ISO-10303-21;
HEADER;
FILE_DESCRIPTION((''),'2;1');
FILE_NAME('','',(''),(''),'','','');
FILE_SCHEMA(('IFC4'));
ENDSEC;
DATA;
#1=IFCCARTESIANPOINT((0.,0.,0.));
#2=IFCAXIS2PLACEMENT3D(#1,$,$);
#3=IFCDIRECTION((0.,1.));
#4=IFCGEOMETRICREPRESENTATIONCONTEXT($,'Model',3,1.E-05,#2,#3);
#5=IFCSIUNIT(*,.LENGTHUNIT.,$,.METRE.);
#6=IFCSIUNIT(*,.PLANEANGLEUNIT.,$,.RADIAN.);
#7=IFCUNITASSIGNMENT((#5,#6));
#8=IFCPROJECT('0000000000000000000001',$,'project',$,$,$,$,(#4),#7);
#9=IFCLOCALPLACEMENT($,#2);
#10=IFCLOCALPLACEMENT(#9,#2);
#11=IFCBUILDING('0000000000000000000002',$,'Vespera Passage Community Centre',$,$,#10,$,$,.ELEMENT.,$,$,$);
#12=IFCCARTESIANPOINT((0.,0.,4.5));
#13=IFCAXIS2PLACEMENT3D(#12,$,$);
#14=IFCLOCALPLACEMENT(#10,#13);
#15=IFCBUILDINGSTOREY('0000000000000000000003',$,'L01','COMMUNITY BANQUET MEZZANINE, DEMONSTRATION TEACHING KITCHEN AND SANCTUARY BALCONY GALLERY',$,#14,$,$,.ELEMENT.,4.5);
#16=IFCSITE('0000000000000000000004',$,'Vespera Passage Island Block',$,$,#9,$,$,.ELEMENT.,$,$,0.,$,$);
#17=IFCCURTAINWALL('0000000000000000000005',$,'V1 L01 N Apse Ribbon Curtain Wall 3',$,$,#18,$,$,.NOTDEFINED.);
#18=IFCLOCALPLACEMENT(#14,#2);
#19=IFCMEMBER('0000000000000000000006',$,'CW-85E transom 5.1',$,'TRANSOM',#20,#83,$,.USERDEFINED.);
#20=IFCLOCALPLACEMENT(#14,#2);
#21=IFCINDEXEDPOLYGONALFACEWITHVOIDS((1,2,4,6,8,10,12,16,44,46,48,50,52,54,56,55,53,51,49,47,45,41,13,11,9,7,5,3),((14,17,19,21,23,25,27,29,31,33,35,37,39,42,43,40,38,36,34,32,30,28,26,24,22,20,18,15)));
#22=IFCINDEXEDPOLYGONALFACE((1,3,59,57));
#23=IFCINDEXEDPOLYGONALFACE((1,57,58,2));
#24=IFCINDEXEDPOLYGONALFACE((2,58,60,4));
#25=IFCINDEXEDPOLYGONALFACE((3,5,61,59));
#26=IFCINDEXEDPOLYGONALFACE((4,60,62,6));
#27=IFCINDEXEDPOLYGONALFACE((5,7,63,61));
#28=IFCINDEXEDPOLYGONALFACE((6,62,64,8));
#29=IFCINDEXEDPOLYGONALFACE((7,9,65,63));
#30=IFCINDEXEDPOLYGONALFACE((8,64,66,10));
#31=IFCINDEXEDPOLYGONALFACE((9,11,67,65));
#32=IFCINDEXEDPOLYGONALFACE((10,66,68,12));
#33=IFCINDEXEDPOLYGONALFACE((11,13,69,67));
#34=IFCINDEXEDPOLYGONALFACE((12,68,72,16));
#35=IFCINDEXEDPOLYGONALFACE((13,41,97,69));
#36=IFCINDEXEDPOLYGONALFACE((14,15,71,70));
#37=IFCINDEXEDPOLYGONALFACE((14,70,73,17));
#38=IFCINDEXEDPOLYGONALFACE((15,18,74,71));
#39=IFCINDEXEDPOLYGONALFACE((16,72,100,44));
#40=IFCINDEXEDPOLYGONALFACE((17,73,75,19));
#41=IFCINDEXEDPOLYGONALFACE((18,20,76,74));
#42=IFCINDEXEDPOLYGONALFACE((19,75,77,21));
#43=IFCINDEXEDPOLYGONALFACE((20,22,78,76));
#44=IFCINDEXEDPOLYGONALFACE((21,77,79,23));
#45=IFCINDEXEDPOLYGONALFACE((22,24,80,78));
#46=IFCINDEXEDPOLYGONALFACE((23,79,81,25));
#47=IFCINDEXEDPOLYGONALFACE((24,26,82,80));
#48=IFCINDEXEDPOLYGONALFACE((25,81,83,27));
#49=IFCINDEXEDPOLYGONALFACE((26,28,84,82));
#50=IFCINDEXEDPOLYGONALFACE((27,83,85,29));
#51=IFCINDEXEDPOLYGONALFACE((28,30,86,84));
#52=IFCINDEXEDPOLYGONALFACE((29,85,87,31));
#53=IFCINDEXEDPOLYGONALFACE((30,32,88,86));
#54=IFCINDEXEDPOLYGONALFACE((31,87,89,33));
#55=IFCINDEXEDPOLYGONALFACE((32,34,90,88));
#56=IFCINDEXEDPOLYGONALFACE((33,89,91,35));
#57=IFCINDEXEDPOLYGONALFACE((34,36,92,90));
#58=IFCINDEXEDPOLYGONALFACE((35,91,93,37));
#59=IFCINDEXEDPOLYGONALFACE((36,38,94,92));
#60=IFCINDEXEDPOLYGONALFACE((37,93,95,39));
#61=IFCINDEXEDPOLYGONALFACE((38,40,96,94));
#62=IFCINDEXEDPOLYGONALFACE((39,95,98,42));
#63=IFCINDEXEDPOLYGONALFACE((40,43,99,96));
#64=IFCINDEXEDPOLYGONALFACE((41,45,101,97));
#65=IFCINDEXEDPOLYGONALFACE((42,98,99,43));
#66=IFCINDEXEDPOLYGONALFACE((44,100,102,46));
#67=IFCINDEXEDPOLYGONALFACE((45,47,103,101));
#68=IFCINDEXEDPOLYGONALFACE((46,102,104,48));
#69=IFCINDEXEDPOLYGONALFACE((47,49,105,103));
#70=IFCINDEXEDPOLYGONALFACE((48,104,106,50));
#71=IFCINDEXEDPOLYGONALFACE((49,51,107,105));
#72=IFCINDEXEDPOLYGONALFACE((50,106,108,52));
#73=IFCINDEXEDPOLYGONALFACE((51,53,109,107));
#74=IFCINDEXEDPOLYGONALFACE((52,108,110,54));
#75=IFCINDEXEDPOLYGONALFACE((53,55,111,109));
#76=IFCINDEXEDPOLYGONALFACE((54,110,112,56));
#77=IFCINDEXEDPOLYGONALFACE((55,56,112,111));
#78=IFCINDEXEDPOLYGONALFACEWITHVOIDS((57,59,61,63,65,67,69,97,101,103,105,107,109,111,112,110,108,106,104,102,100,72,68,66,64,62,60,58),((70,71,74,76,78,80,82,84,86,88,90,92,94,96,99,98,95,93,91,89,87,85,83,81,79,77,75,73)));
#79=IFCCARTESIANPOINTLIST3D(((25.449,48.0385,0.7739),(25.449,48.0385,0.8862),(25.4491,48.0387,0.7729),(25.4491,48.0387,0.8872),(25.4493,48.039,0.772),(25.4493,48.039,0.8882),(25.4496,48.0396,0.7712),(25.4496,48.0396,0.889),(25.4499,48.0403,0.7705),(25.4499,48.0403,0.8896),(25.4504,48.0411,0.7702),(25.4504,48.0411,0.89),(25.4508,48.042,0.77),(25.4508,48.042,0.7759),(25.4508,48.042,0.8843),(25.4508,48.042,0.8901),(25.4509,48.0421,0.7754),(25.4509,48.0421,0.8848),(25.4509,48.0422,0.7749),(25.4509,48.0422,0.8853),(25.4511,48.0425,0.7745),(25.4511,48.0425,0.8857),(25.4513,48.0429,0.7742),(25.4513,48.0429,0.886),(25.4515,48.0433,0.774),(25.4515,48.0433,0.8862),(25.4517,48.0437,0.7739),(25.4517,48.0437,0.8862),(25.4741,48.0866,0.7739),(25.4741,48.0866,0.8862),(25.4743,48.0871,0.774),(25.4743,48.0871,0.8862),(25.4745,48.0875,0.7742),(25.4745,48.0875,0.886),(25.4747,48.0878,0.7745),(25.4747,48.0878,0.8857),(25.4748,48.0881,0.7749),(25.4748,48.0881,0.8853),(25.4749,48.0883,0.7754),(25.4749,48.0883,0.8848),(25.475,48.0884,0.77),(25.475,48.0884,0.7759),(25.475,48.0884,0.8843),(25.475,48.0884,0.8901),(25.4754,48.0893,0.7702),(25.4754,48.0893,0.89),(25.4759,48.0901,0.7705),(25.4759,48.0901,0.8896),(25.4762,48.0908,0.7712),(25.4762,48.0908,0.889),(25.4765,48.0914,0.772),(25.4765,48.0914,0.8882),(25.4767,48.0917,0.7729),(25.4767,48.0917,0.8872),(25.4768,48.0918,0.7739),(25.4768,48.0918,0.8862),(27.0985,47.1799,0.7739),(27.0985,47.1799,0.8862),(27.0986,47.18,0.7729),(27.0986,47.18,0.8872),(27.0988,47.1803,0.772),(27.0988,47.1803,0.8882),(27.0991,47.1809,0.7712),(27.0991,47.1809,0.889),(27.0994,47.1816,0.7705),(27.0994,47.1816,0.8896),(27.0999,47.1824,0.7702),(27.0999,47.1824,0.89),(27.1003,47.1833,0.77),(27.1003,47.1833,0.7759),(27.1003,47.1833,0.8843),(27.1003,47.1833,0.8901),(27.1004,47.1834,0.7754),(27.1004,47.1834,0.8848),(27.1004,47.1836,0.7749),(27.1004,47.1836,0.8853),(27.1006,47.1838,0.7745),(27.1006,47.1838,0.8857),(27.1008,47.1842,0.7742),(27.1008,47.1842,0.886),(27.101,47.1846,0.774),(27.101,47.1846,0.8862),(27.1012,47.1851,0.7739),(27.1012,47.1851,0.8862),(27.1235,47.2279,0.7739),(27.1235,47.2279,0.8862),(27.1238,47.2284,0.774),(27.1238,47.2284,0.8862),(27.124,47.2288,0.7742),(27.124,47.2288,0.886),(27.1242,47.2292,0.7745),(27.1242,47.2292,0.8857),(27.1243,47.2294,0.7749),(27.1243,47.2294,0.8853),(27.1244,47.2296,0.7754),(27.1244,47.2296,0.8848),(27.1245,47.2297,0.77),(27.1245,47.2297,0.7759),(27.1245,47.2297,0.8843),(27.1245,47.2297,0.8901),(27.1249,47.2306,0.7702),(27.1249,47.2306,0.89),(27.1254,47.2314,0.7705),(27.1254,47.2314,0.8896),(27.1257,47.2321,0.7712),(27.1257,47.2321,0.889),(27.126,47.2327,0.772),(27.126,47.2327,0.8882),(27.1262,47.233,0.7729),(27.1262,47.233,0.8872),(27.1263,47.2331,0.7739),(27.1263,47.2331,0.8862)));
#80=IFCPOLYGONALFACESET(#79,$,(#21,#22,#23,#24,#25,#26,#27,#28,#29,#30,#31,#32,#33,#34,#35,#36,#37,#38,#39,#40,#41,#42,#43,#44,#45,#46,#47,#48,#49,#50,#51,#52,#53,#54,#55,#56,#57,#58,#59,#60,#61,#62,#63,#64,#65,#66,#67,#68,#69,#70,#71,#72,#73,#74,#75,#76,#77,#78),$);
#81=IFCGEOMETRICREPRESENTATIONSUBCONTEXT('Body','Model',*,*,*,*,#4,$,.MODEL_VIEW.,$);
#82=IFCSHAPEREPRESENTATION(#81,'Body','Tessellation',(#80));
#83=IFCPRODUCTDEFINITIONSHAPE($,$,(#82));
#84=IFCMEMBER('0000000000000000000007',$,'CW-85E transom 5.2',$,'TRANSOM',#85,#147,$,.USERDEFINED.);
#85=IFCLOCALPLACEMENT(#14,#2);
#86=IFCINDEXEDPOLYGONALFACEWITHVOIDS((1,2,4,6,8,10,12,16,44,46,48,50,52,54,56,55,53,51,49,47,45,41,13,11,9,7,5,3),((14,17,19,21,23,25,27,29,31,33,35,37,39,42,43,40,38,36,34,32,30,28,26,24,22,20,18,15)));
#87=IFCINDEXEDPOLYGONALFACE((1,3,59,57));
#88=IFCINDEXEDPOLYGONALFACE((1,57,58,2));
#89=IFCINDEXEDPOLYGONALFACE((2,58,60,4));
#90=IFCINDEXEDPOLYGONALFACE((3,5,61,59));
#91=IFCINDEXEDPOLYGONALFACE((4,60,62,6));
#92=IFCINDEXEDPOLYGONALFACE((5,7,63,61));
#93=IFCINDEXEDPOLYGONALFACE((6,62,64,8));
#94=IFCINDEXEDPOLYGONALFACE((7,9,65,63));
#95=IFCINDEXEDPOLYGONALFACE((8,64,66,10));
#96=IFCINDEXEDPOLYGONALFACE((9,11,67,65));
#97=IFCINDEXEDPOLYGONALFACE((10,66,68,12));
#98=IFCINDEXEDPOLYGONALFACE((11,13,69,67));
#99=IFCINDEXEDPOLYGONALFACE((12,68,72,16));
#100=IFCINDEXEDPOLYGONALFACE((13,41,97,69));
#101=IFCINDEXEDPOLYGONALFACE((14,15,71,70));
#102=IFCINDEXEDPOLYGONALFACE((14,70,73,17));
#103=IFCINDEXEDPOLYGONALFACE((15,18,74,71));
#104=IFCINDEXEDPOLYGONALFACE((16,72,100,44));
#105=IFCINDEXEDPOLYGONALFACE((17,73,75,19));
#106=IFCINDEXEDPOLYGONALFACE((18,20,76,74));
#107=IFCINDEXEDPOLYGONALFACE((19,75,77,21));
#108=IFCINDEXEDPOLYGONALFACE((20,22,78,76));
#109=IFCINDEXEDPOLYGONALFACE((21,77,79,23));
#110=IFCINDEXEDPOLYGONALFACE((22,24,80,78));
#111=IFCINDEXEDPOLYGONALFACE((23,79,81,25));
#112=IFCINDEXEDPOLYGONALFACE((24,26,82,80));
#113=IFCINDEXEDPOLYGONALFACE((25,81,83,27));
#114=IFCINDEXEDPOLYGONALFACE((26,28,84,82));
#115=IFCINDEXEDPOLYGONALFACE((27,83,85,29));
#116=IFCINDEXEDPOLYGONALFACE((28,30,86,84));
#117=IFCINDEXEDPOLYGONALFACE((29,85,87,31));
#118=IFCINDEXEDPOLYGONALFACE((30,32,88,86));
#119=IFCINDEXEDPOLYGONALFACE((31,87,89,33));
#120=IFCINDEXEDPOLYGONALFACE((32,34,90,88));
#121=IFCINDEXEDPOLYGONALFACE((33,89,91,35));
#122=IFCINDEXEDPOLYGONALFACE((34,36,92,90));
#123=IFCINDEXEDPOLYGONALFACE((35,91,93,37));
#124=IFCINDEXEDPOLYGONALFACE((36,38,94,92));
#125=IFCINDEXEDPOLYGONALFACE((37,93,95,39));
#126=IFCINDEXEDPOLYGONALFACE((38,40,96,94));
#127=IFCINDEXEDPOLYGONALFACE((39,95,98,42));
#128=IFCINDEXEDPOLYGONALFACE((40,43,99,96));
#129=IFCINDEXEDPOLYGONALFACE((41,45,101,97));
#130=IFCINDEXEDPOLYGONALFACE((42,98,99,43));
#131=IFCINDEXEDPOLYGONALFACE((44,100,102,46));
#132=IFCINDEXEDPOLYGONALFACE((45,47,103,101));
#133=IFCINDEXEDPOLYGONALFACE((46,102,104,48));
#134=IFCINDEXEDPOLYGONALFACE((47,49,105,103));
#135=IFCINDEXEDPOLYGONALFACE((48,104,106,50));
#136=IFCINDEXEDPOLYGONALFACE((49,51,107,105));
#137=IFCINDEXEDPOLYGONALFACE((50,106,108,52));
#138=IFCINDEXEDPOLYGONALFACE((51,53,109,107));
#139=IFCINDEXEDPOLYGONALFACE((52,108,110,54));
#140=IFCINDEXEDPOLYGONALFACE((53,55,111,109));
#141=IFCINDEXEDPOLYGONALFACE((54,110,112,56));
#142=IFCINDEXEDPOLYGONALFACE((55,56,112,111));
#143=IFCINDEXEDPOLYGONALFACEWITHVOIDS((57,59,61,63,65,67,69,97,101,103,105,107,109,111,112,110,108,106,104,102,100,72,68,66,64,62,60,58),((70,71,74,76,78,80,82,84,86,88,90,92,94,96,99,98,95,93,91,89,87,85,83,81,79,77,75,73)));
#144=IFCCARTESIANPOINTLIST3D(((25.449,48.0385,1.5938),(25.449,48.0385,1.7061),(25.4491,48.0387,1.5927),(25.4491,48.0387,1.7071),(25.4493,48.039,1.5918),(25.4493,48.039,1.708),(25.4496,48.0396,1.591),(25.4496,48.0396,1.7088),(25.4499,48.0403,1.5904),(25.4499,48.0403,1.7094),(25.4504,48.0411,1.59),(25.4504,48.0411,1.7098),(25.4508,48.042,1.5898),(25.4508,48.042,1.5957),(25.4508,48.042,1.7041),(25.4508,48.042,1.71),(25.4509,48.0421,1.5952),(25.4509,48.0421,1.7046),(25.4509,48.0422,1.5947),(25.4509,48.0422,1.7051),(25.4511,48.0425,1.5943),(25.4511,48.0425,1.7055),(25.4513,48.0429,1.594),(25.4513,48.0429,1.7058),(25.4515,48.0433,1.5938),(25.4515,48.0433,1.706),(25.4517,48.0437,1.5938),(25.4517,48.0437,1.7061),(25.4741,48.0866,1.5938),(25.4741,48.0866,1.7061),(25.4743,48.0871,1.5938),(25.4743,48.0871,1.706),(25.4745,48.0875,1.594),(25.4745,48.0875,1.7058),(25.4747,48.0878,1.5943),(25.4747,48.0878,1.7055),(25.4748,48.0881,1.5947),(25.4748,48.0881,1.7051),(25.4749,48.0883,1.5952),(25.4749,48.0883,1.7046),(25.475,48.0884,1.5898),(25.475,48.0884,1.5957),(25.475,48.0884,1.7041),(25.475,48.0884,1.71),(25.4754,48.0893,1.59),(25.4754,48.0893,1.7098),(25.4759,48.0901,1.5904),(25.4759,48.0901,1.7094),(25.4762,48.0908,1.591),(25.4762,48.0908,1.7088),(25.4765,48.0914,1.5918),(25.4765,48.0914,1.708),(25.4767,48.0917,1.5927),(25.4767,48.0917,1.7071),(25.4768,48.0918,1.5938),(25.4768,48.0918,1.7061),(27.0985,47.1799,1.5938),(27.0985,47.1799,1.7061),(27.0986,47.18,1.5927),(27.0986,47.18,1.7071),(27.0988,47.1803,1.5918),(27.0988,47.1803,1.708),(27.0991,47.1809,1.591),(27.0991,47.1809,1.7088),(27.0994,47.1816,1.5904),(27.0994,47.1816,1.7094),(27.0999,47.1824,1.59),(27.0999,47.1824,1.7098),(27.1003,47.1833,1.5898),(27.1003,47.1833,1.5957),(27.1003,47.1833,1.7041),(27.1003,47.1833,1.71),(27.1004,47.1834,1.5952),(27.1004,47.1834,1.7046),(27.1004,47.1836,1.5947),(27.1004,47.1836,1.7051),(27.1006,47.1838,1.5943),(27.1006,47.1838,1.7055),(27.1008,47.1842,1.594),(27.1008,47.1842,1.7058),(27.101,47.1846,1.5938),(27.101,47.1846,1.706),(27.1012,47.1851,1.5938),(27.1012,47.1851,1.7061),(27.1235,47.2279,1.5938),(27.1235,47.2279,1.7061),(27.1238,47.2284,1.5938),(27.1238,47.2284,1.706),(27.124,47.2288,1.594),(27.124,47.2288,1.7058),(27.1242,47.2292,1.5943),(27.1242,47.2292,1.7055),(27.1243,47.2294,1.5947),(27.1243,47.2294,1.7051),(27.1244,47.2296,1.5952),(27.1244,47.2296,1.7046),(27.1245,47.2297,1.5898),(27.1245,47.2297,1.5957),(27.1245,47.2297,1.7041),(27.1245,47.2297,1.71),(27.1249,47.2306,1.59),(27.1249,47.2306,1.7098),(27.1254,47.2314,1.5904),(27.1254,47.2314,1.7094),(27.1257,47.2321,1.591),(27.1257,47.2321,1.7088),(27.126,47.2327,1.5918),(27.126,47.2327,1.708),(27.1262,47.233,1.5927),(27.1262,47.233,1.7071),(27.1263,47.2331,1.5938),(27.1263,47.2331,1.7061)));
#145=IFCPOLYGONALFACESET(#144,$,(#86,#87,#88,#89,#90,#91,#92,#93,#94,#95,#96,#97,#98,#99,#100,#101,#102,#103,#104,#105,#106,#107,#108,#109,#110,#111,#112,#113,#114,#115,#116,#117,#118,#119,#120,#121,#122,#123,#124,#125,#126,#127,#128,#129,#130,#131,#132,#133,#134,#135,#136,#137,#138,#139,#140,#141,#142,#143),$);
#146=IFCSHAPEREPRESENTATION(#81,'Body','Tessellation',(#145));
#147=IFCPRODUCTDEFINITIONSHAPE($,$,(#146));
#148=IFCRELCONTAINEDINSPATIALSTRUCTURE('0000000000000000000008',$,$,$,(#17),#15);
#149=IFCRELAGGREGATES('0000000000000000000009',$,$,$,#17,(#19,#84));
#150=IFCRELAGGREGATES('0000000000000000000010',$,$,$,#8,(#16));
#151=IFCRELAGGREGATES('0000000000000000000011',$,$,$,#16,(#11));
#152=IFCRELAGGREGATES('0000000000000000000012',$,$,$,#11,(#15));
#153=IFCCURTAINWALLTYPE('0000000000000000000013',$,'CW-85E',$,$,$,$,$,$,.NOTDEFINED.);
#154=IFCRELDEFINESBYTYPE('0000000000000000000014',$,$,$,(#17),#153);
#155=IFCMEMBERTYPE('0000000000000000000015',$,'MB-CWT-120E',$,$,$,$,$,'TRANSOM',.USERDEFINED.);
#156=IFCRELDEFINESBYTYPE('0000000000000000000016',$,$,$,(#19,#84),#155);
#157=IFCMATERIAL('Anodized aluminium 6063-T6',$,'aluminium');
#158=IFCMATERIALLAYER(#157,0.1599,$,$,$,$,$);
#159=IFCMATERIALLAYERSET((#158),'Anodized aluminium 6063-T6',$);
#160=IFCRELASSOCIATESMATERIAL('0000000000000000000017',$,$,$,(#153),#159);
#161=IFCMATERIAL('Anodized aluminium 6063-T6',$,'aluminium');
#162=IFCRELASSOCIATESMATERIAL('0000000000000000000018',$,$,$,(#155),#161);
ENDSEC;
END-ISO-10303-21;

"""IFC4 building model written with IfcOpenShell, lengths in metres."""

from ifc_helpers import new_model, si_unit, direction, frame, origin, origin_2d, place, context, subcontext, project, spatial, hollow_rectangle, extrude, material, layer, layer_set, material_profile, profile_set, type_object, element, aggregate, save


model = new_model("IFC4")

# Units and contexts
model_context = context("Model", 3, precision=1e-05, world=origin(), true_north=direction((0.0, 1.0)))
body_context = subcontext(model_context, "Body", "Model", "MODEL_VIEW")
ifc_project = project(units=[si_unit("LENGTHUNIT", "METRE"), si_unit("PLANEANGLEUNIT", "RADIAN")], contexts=[model_context])

# Site, building, storey
site_placement = place(None, origin())
site = spatial("IfcSite", under=ifc_project, at=site_placement, Name="Vespera Passage Island Block", CompositionType="ELEMENT", RefElevation=0.0)
building_placement = place(site_placement, origin())
building = spatial("IfcBuilding", under=site, at=building_placement, Name="Vespera Passage Community Centre", CompositionType="ELEMENT")
storey_placement = place(building_placement, frame((0.0, 0.0, 4.5)))
storey = spatial("IfcBuildingStorey", under=building, at=storey_placement, Name="L01", Description="COMMUNITY BANQUET MEZZANINE, DEMONSTRATION TEACHING KITCHEN AND SANCTUARY BALCONY GALLERY", CompositionType="ELEMENT", Elevation=4.5)

# Curtain wall
ifc_material_1 = material(Name="Anodized aluminium 6063-T6", Category="aluminium")
ifc_layer_1 = layer(ifc_material_1, 0.1599)
ifc_layer_set_1 = layer_set([ifc_layer_1], Name="Anodized aluminium 6063-T6")
curtain_wall_type_1 = type_object("IfcCurtainWallType", Name="CW-85E", PredefinedType="NOTDEFINED", material=ifc_layer_set_1)
curtain_wall_1_placement = place(storey_placement, origin())
curtain_wall_1 = element("IfcCurtainWall", 1, at=curtain_wall_1_placement, inside=storey, type_object=curtain_wall_type_1, Name="V1 L01 N Apse Ribbon Curtain Wall 3", PredefinedType="NOTDEFINED")
ifc_material_2 = material(Name="Anodized aluminium 6063-T6", Category="aluminium")
ifc_material_profile_1 = material_profile(ifc_material_2, hollow_rectangle(XDim=0.0601, YDim=0.1201, WallThickness=0.0039, InnerFilletRadius=0.002, OuterFilletRadius=0.0039, at=origin_2d()), Name="ALU120X60X4")
ifc_profile_set_1 = profile_set([ifc_material_profile_1], Name="Anodized aluminium 6063-T6")
member_type_1 = type_object("IfcMemberType", Name="MB-CWT-120E", ElementType="TRANSOM", PredefinedType="USERDEFINED", material=ifc_profile_set_1)

# Members
member_1_placement = place(storey_placement, frame((25.4629, 48.0652, 0.8301), z_axis=(0.887008, -0.461754, 0.0), x_axis=(0.461754, 0.887008, 0.0)))
member_1 = element("IfcMember", 2, at=member_1_placement, type_object=member_type_1, Name="CW-85E transom 5.1", ObjectType="TRANSOM", PredefinedType="USERDEFINED", context=body_context, shape_type="SweptSolid", body=[
    extrude(hollow_rectangle(XDim=0.0601, YDim=0.1201, WallThickness=0.0039, InnerFilletRadius=0.002, OuterFilletRadius=0.0039, at=origin_2d()), origin(), (0.0, 0.0, 1.0), 1.8596),
])
member_2_placement = place(storey_placement, frame((25.4629, 48.0652, 1.6499), z_axis=(0.887008, -0.461754, 0.0), x_axis=(0.461754, 0.887008, 0.0)))
member_2 = element("IfcMember", 3, at=member_2_placement, type_object=member_type_1, Name="CW-85E transom 5.2", ObjectType="TRANSOM", PredefinedType="USERDEFINED", context=body_context, shape_type="SweptSolid", body=[
    extrude(hollow_rectangle(XDim=0.0601, YDim=0.1201, WallThickness=0.0039, InnerFilletRadius=0.002, OuterFilletRadius=0.0039, at=origin_2d()), origin(), (0.0, 0.0, 1.0), 1.8596),
])

aggregate(curtain_wall_1, [member_1, member_2])

save(model, "model.ifc")
